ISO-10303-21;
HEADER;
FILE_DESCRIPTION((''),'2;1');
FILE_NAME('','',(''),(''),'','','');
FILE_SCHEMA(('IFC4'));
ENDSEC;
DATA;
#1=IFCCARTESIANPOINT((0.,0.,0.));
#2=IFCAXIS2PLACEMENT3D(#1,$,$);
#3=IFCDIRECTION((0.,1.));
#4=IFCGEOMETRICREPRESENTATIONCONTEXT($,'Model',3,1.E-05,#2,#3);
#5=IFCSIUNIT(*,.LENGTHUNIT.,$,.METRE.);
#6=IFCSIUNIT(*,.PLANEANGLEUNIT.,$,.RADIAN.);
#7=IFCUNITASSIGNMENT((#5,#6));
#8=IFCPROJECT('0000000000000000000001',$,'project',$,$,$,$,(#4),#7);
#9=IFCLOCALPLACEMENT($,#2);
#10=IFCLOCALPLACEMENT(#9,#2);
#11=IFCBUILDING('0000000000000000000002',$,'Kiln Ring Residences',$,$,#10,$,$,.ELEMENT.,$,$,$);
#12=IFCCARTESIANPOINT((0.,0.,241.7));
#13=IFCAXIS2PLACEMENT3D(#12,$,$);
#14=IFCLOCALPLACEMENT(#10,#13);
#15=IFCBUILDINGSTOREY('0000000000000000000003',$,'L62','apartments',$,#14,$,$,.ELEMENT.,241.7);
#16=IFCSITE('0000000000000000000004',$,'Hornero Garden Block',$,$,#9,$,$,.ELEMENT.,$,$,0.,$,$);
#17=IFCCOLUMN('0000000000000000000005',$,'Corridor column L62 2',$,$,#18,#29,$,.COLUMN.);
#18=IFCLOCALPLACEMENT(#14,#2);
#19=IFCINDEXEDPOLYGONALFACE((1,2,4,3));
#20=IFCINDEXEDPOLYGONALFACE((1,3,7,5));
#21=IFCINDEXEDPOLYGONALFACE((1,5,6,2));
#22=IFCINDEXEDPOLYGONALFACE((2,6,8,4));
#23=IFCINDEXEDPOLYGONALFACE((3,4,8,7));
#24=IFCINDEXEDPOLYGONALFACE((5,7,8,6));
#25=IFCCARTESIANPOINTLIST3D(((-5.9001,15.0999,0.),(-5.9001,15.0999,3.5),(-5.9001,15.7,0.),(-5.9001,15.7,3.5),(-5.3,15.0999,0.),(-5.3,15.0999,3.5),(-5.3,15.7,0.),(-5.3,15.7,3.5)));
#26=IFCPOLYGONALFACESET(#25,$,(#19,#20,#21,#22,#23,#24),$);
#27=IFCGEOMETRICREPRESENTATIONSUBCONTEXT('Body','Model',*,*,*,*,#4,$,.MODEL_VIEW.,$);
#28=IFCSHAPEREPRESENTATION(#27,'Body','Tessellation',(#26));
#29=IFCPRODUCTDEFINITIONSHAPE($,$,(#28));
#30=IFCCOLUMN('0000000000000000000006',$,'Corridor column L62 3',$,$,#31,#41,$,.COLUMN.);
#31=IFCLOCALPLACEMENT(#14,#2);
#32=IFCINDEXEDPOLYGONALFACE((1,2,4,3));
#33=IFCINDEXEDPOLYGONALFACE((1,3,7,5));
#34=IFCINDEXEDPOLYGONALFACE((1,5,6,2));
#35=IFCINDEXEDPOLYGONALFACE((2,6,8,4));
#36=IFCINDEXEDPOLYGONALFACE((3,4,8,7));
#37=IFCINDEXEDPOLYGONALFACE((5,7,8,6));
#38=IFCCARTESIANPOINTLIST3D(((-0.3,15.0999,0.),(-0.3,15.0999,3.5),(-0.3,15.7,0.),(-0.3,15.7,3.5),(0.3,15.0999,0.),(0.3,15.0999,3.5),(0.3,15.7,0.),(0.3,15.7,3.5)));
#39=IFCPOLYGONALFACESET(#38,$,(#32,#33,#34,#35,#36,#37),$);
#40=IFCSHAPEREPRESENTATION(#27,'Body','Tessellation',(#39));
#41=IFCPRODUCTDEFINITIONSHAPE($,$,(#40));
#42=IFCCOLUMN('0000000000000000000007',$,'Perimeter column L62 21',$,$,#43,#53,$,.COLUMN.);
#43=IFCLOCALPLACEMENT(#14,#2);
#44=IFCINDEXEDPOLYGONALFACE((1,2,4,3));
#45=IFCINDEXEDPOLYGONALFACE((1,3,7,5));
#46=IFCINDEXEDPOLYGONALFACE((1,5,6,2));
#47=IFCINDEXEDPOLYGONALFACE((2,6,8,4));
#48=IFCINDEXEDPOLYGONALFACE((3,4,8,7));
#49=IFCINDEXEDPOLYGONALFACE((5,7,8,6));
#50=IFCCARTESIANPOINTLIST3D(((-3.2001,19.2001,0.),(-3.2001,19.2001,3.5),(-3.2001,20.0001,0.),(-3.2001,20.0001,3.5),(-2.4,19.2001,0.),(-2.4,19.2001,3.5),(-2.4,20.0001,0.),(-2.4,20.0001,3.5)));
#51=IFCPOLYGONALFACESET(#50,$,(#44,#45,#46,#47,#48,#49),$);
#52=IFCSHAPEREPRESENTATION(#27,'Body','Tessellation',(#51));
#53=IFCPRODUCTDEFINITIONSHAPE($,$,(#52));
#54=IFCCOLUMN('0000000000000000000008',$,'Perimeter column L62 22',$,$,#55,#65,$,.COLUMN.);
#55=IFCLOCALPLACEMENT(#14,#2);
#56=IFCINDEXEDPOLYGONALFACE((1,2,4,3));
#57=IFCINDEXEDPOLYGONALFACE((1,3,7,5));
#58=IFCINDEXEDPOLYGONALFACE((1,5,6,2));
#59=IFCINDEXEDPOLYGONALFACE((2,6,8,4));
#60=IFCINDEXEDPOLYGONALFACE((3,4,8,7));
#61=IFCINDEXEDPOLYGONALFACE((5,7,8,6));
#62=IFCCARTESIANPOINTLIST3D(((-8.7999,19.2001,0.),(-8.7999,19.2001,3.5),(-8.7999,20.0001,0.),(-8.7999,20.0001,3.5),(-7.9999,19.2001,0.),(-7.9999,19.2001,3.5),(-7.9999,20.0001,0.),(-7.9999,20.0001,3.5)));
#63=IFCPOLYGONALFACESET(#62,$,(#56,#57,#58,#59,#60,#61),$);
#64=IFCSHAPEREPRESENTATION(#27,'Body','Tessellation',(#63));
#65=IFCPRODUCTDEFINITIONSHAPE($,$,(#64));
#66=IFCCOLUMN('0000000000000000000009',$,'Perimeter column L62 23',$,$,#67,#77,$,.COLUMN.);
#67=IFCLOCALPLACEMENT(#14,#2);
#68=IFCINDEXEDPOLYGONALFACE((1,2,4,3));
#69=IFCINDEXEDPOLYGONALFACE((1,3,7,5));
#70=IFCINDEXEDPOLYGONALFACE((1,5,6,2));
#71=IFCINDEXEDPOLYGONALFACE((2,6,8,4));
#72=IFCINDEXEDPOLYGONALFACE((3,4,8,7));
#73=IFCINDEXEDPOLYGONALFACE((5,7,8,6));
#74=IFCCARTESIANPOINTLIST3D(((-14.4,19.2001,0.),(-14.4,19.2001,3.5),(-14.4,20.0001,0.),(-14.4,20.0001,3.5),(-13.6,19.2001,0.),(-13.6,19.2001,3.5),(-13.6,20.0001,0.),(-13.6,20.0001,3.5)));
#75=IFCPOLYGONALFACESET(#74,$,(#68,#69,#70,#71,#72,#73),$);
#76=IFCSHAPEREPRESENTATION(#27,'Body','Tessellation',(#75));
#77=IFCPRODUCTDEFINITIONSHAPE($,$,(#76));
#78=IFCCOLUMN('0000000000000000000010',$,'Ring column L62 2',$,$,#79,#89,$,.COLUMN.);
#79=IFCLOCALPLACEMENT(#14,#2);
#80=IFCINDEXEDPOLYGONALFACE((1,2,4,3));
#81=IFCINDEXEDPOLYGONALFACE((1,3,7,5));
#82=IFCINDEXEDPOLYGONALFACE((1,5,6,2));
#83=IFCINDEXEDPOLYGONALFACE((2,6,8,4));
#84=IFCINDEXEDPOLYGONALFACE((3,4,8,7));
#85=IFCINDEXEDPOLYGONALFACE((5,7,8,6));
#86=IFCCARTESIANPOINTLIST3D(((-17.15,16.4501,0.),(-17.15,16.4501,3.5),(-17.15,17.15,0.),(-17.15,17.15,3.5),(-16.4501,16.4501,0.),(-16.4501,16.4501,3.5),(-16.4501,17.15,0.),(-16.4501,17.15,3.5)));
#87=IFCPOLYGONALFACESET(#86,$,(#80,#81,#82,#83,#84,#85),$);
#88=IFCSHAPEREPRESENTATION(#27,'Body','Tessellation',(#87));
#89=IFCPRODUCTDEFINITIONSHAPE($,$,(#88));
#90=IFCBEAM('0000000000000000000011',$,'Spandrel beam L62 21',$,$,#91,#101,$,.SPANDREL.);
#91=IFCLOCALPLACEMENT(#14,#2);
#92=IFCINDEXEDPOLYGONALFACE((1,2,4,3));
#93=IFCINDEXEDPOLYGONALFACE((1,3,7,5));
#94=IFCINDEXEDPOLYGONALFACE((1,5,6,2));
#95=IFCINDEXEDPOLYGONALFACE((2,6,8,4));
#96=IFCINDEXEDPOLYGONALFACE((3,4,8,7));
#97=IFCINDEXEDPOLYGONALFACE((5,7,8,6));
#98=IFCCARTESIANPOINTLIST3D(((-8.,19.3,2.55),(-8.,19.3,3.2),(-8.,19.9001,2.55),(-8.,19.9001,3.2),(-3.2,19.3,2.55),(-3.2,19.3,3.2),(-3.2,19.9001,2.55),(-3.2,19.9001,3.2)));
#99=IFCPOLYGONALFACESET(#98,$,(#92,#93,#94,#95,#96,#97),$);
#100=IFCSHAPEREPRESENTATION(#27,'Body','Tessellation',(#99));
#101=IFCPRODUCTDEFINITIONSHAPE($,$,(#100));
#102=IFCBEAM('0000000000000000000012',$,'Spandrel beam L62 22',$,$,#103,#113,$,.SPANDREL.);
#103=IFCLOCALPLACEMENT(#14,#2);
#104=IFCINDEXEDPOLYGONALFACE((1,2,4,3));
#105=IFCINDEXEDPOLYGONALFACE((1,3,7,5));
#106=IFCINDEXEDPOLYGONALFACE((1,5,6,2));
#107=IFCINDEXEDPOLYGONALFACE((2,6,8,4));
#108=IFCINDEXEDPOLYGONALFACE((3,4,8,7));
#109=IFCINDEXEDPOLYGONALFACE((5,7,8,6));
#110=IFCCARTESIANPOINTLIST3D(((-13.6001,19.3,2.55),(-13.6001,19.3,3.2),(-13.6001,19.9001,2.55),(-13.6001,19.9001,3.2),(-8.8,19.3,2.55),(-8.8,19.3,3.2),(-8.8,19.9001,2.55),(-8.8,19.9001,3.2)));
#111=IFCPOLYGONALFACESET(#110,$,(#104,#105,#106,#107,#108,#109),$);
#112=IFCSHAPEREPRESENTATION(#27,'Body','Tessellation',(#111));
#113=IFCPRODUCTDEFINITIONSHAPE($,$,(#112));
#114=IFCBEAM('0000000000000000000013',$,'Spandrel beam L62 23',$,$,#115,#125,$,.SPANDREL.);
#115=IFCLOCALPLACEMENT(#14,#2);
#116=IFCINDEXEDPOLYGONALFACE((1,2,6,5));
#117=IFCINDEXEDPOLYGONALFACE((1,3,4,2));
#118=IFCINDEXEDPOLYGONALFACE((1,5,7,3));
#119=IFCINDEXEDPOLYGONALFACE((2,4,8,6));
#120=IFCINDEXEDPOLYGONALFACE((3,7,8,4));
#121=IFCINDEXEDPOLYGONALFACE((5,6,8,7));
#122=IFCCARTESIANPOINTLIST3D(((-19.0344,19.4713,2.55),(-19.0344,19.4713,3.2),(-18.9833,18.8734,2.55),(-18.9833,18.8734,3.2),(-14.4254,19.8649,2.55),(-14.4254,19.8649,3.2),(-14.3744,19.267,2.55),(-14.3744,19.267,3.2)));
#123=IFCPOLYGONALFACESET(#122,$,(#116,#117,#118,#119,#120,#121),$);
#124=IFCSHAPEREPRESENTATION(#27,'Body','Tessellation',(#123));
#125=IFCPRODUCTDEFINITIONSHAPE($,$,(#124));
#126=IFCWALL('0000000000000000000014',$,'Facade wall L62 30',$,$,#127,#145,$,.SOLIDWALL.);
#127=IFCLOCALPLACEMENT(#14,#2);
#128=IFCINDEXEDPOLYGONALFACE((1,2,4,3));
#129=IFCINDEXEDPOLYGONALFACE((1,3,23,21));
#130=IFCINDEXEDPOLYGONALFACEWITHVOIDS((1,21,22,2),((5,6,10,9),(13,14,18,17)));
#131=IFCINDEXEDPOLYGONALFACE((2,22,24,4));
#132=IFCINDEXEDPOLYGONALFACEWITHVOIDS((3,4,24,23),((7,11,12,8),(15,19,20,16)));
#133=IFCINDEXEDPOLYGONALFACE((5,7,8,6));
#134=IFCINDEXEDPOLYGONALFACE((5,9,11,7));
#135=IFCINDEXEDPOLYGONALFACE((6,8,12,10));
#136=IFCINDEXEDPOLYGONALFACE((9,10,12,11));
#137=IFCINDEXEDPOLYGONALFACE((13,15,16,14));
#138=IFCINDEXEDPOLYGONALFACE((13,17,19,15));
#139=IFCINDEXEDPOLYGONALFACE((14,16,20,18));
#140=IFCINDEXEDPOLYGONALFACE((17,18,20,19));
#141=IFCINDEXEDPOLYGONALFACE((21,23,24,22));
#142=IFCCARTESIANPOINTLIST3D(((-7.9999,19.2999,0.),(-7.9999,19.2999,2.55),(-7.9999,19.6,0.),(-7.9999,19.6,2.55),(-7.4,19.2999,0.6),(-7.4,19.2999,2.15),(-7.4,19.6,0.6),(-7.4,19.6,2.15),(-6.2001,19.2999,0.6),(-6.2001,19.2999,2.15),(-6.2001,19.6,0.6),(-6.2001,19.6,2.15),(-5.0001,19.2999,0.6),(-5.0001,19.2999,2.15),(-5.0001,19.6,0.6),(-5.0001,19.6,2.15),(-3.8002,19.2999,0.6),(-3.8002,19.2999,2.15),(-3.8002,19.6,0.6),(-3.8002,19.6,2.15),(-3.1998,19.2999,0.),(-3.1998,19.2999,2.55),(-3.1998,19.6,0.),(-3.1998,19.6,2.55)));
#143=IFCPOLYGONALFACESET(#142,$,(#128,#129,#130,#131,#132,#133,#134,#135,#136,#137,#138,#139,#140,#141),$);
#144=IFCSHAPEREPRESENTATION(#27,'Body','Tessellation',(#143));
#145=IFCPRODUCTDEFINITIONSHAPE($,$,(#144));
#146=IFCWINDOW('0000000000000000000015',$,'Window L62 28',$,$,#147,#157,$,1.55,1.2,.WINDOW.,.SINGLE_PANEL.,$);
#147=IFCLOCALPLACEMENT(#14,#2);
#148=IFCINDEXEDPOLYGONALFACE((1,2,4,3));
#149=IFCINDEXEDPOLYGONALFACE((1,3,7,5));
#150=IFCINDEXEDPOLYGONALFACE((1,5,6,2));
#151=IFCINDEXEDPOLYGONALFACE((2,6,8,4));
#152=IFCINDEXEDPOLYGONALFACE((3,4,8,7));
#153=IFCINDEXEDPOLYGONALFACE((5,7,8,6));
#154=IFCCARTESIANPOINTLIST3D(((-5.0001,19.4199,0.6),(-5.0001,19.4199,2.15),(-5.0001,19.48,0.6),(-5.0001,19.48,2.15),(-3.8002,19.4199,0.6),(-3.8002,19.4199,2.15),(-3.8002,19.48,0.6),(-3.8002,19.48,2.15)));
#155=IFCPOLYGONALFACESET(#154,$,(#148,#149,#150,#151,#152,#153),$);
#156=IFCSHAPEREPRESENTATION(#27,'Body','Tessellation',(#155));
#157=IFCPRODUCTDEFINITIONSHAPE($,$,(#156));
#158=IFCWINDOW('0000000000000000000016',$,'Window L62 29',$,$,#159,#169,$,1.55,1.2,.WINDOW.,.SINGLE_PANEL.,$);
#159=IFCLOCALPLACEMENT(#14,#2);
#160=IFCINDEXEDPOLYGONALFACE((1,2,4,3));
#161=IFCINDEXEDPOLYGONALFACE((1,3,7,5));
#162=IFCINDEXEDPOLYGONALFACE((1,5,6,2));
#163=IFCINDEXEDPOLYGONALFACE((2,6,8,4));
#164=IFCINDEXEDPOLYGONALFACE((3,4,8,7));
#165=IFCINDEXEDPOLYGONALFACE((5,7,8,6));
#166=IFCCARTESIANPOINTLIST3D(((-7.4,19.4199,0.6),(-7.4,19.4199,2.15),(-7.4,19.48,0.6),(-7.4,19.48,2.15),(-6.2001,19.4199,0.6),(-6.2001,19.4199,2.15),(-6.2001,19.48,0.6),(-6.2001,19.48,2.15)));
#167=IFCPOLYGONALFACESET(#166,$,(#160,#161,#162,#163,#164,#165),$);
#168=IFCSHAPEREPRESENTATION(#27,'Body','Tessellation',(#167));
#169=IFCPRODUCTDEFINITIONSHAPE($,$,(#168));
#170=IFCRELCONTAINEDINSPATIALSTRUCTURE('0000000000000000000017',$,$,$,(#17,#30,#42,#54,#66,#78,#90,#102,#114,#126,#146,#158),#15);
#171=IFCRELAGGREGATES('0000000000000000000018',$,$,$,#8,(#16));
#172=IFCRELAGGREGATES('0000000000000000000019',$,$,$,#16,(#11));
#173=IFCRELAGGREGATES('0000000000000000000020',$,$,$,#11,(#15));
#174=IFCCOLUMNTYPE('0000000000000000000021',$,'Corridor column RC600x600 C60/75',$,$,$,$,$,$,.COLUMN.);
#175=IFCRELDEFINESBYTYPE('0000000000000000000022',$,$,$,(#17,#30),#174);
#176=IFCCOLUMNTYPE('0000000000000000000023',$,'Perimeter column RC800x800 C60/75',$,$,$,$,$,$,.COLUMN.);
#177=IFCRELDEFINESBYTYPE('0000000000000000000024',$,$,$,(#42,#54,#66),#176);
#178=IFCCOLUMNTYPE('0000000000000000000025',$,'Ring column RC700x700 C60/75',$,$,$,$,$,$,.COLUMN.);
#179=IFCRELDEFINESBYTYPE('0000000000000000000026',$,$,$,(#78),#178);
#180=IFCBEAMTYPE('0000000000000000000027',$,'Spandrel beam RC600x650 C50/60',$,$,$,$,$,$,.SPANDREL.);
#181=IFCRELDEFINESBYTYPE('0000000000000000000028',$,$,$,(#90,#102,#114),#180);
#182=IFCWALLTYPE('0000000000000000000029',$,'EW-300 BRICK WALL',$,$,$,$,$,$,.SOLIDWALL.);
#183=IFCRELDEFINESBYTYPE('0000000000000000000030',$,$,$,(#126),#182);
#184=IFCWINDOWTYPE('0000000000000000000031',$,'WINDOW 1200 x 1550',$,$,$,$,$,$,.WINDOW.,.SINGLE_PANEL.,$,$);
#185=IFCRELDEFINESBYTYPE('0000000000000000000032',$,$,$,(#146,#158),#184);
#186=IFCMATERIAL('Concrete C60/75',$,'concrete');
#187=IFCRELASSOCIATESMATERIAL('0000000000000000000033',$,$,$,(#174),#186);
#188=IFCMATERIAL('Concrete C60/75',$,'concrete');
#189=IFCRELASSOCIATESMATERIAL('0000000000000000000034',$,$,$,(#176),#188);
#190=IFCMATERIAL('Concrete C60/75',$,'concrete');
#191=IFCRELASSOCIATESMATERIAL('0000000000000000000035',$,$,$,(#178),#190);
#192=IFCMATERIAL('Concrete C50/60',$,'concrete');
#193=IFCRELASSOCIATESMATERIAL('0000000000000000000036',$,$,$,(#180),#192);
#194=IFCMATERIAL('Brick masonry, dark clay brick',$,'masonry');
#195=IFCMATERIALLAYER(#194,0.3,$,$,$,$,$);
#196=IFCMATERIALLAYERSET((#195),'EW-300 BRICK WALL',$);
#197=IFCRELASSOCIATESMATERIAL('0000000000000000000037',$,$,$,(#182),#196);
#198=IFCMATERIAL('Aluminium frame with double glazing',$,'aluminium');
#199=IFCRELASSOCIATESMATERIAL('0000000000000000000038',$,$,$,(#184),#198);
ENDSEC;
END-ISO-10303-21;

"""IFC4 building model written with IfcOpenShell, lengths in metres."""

from ifc_helpers import new_model, si_unit, direction, frame, frame_2d, origin, origin_2d, place, context, subcontext, project, spatial, rectangle, extrude, material, layer, layer_set, material_profile, profile_set, type_object, element, fill, save


model = new_model("IFC4")

# Units and contexts
model_context = context("Model", 3, precision=1e-05, world=origin(), true_north=direction((0.0, 1.0)))
body_context = subcontext(model_context, "Body", "Model", "MODEL_VIEW")
ifc_project = project(units=[si_unit("LENGTHUNIT", "METRE"), si_unit("PLANEANGLEUNIT", "RADIAN")], contexts=[model_context])

# Site, building, storey
site_placement = place(None, origin())
site = spatial("IfcSite", under=ifc_project, at=site_placement, Name="Hornero Garden Block", CompositionType="ELEMENT", RefElevation=0.0)
building_placement = place(site_placement, origin())
building = spatial("IfcBuilding", under=site, at=building_placement, Name="Kiln Ring Residences", CompositionType="ELEMENT")
storey_placement = place(building_placement, frame((0.0, 0.0, 241.7)))
storey = spatial("IfcBuildingStorey", under=building, at=storey_placement, Name="L62", Description="apartments", CompositionType="ELEMENT", Elevation=241.7)

# Columns
ifc_material_1 = material(Name="Concrete C60/75", Category="concrete")
ifc_material_profile_1 = material_profile(ifc_material_1, rectangle(XDim=0.6001, YDim=0.6001, at=origin_2d()), Name="RC600x600")
ifc_profile_set_1 = profile_set([ifc_material_profile_1], Name="Concrete C60/75")
column_type_1 = type_object("IfcColumnType", Name="Corridor column RC600x600 C60/75", PredefinedType="COLUMN", material=ifc_profile_set_1)
for number, where, z_axis, x_axis, name in (
    (1, (-5.6001, 15.3999, 0.0), (0.0, 0.0, 1.0), (1.0, 0.0, 0.0), "Corridor column L62 2"),
    (2, (0.0, 15.3999, 0.0), (0.0, 0.0, 1.0), (1.0, 0.0, 0.0), "Corridor column L62 3"),
):
    element("IfcColumn", number, at=place(storey_placement, frame(where, z_axis=z_axis, x_axis=x_axis)), inside=storey, type_object=column_type_1, Name=name, PredefinedType="COLUMN", context=body_context, shape_type="SweptSolid", body=[
        extrude(rectangle(XDim=0.6001, YDim=0.6001, at=origin_2d()), origin(), (0.0, 0.0, 1.0), 3.5),
    ])
ifc_material_2 = material(Name="Concrete C60/75", Category="concrete")
ifc_material_profile_2 = material_profile(ifc_material_2, rectangle(XDim=0.8, YDim=0.8, at=origin_2d()), Name="RC800x800")
ifc_profile_set_2 = profile_set([ifc_material_profile_2], Name="Concrete C60/75")
column_type_2 = type_object("IfcColumnType", Name="Perimeter column RC800x800 C60/75", PredefinedType="COLUMN", material=ifc_profile_set_2)
for number, where, z_axis, x_axis, name in (
    (3, (-2.8, 19.6001, 0.0), (0.0, 0.0, 1.0), (1.0, 0.0, 0.0), "Perimeter column L62 21"),
    (4, (-8.3999, 19.6001, 0.0), (0.0, 0.0, 1.0), (1.0, 0.0, 0.0), "Perimeter column L62 22"),
    (5, (-14.0, 19.6001, 0.0), (0.0, 0.0, 1.0), (1.0, 0.0, 0.0), "Perimeter column L62 23"),
):
    element("IfcColumn", number, at=place(storey_placement, frame(where, z_axis=z_axis, x_axis=x_axis)), inside=storey, type_object=column_type_2, Name=name, PredefinedType="COLUMN", context=body_context, shape_type="SweptSolid", body=[
        extrude(rectangle(XDim=0.8, YDim=0.8, at=origin_2d()), origin(), (0.0, 0.0, 1.0), 3.5),
    ])
ifc_material_3 = material(Name="Concrete C60/75", Category="concrete")
ifc_material_profile_3 = material_profile(ifc_material_3, rectangle(XDim=0.7, YDim=0.7, at=origin_2d()), Name="RC700x700")
ifc_profile_set_3 = profile_set([ifc_material_profile_3], Name="Concrete C60/75")
column_type_3 = type_object("IfcColumnType", Name="Ring column RC700x700 C60/75", PredefinedType="COLUMN", material=ifc_profile_set_3)
column_placement = place(storey_placement, frame((-16.8, 16.8, 0.0), z_axis=(0.0, 0.0, 1.0), x_axis=(1.0, 0.0, 0.0)))
element("IfcColumn", 6, at=column_placement, inside=storey, type_object=column_type_3, Name="Ring column L62 2", PredefinedType="COLUMN", context=body_context, shape_type="SweptSolid", body=[
    extrude(rectangle(XDim=0.7, YDim=0.7, at=origin_2d()), origin(), (0.0, 0.0, 1.0), 3.5),
])

# Beams
ifc_material_4 = material(Name="Concrete C50/60", Category="concrete")
ifc_material_profile_4 = material_profile(ifc_material_4, rectangle(XDim=0.6001, YDim=0.6499, at=origin_2d()), Name="RC600x650")
ifc_profile_set_4 = profile_set([ifc_material_profile_4], Name="Concrete C50/60")
beam_type = type_object("IfcBeamType", Name="Spandrel beam RC600x650 C50/60", PredefinedType="SPANDREL", material=ifc_profile_set_4)
for number, where, z_axis, x_axis, name in (
    (7, (-3.2, 19.6001, 2.875), (-1.0, 0.0, 0.0), (0.0, -1.0, 0.0), "Spandrel beam L62 21"),
    (8, (-8.8, 19.6001, 2.875), (-1.0, 0.0, 0.0), (0.0, -1.0, 0.0), "Spandrel beam L62 22"),
):
    element("IfcBeam", number, at=place(storey_placement, frame(where, z_axis=z_axis, x_axis=x_axis)), inside=storey, type_object=beam_type, Name=name, PredefinedType="SPANDREL", context=body_context, shape_type="SweptSolid", body=[
        extrude(rectangle(XDim=0.6001, YDim=0.6499, at=origin_2d()), origin(), (0.0, 0.0, 1.0), 4.8),
    ])
beam_placement = place(storey_placement, frame((-14.3999, 19.5659, 2.875), z_axis=(-0.996374, -0.085081, 0.0), x_axis=(0.085081, -0.996374, 0.0)))
element("IfcBeam", 9, at=beam_placement, inside=storey, type_object=beam_type, Name="Spandrel beam L62 23", PredefinedType="SPANDREL", context=body_context, shape_type="SweptSolid", body=[
    extrude(rectangle(XDim=0.6001, YDim=0.6499, at=origin_2d()), origin(), (0.0, 0.0, 1.0), 4.6257),
])

# Wall, openings, windows
ifc_material_5 = material(Name="Brick masonry, dark clay brick", Category="masonry")
ifc_layer_1 = layer(ifc_material_5, 0.3)
ifc_layer_set_1 = layer_set([ifc_layer_1], Name="EW-300 BRICK WALL")
wall_type_1 = type_object("IfcWallType", Name="EW-300 BRICK WALL", PredefinedType="SOLIDWALL", material=ifc_layer_set_1)
wall_1_placement = place(storey_placement, frame((-3.2, 19.45, 0.0), z_axis=(0.0, 0.0, 1.0), x_axis=(-1.0, 0.0, 0.0)))
wall_1 = element("IfcWall", 10, at=wall_1_placement, inside=storey, type_object=wall_type_1, Name="Facade wall L62 30", PredefinedType="SOLIDWALL", context=body_context, shape_type="SweptSolid", body=[
    extrude(rectangle(XDim=4.8, YDim=0.3, at=frame_2d((2.3999, 0.0))), origin(), (0.0, 0.0, 1.0), 2.55),
])
opening_1_placement = place(wall_1_placement, frame((0.6001, 0.0, 0.6001)))
opening_1 = element("IfcOpeningElement", 11, at=opening_1_placement, cuts=wall_1, PredefinedType="OPENING", context=body_context, shape_type="SweptSolid", body=[
    extrude(rectangle(XDim=1.2, YDim=1.55, at=frame_2d((0.6001, 0.7749))), frame((0.0, 0.1599, 0.0), z_axis=(0.0, -1.0, 0.0), x_axis=(1.0, 0.0, 0.0)), (0.0, 0.0, 1.0), 0.3201),
])
opening_2_placement = place(wall_1_placement, frame((3.0, 0.0, 0.6001)))
opening_2 = element("IfcOpeningElement", 12, at=opening_2_placement, cuts=wall_1, PredefinedType="OPENING", context=body_context, shape_type="SweptSolid", body=[
    extrude(rectangle(XDim=1.2, YDim=1.55, at=frame_2d((0.6001, 0.7749))), frame((0.0, 0.1599, 0.0), z_axis=(0.0, -1.0, 0.0), x_axis=(1.0, 0.0, 0.0)), (0.0, 0.0, 1.0), 0.3201),
])
ifc_material_6 = material(Name="Aluminium frame with double glazing", Category="aluminium")
window_type_1 = type_object("IfcWindowType", Name="WINDOW 1200 x 1550", PartitioningType="SINGLE_PANEL", PredefinedType="WINDOW", material=ifc_material_6)
window_1_placement = place(opening_1_placement, origin())
window_1 = element("IfcWindow", 13, at=window_1_placement, inside=storey, type_object=window_type_1, Name="Window L62 28", OverallHeight=1.55, OverallWidth=1.2, PartitioningType="SINGLE_PANEL", PredefinedType="WINDOW", context=body_context, shape_type="SweptSolid", body=[
    extrude(rectangle(XDim=1.2, YDim=1.55, at=frame_2d((0.6001, 0.7749))), frame((0.0, 0.03, 0.0), z_axis=(0.0, -1.0, 0.0), x_axis=(1.0, 0.0, 0.0)), (0.0, 0.0, 1.0), 0.0601),
])
fill(opening_1, window_1)
window_2_placement = place(opening_2_placement, origin())
window_2 = element("IfcWindow", 14, at=window_2_placement, inside=storey, type_object=window_type_1, Name="Window L62 29", OverallHeight=1.55, OverallWidth=1.2, PartitioningType="SINGLE_PANEL", PredefinedType="WINDOW", context=body_context, shape_type="SweptSolid", body=[
    extrude(rectangle(XDim=1.2, YDim=1.55, at=frame_2d((0.6001, 0.7749))), frame((0.0, 0.03, 0.0), z_axis=(0.0, -1.0, 0.0), x_axis=(1.0, 0.0, 0.0)), (0.0, 0.0, 1.0), 0.0601),
])
fill(opening_2, window_2)

save(model, "model.ifc")
